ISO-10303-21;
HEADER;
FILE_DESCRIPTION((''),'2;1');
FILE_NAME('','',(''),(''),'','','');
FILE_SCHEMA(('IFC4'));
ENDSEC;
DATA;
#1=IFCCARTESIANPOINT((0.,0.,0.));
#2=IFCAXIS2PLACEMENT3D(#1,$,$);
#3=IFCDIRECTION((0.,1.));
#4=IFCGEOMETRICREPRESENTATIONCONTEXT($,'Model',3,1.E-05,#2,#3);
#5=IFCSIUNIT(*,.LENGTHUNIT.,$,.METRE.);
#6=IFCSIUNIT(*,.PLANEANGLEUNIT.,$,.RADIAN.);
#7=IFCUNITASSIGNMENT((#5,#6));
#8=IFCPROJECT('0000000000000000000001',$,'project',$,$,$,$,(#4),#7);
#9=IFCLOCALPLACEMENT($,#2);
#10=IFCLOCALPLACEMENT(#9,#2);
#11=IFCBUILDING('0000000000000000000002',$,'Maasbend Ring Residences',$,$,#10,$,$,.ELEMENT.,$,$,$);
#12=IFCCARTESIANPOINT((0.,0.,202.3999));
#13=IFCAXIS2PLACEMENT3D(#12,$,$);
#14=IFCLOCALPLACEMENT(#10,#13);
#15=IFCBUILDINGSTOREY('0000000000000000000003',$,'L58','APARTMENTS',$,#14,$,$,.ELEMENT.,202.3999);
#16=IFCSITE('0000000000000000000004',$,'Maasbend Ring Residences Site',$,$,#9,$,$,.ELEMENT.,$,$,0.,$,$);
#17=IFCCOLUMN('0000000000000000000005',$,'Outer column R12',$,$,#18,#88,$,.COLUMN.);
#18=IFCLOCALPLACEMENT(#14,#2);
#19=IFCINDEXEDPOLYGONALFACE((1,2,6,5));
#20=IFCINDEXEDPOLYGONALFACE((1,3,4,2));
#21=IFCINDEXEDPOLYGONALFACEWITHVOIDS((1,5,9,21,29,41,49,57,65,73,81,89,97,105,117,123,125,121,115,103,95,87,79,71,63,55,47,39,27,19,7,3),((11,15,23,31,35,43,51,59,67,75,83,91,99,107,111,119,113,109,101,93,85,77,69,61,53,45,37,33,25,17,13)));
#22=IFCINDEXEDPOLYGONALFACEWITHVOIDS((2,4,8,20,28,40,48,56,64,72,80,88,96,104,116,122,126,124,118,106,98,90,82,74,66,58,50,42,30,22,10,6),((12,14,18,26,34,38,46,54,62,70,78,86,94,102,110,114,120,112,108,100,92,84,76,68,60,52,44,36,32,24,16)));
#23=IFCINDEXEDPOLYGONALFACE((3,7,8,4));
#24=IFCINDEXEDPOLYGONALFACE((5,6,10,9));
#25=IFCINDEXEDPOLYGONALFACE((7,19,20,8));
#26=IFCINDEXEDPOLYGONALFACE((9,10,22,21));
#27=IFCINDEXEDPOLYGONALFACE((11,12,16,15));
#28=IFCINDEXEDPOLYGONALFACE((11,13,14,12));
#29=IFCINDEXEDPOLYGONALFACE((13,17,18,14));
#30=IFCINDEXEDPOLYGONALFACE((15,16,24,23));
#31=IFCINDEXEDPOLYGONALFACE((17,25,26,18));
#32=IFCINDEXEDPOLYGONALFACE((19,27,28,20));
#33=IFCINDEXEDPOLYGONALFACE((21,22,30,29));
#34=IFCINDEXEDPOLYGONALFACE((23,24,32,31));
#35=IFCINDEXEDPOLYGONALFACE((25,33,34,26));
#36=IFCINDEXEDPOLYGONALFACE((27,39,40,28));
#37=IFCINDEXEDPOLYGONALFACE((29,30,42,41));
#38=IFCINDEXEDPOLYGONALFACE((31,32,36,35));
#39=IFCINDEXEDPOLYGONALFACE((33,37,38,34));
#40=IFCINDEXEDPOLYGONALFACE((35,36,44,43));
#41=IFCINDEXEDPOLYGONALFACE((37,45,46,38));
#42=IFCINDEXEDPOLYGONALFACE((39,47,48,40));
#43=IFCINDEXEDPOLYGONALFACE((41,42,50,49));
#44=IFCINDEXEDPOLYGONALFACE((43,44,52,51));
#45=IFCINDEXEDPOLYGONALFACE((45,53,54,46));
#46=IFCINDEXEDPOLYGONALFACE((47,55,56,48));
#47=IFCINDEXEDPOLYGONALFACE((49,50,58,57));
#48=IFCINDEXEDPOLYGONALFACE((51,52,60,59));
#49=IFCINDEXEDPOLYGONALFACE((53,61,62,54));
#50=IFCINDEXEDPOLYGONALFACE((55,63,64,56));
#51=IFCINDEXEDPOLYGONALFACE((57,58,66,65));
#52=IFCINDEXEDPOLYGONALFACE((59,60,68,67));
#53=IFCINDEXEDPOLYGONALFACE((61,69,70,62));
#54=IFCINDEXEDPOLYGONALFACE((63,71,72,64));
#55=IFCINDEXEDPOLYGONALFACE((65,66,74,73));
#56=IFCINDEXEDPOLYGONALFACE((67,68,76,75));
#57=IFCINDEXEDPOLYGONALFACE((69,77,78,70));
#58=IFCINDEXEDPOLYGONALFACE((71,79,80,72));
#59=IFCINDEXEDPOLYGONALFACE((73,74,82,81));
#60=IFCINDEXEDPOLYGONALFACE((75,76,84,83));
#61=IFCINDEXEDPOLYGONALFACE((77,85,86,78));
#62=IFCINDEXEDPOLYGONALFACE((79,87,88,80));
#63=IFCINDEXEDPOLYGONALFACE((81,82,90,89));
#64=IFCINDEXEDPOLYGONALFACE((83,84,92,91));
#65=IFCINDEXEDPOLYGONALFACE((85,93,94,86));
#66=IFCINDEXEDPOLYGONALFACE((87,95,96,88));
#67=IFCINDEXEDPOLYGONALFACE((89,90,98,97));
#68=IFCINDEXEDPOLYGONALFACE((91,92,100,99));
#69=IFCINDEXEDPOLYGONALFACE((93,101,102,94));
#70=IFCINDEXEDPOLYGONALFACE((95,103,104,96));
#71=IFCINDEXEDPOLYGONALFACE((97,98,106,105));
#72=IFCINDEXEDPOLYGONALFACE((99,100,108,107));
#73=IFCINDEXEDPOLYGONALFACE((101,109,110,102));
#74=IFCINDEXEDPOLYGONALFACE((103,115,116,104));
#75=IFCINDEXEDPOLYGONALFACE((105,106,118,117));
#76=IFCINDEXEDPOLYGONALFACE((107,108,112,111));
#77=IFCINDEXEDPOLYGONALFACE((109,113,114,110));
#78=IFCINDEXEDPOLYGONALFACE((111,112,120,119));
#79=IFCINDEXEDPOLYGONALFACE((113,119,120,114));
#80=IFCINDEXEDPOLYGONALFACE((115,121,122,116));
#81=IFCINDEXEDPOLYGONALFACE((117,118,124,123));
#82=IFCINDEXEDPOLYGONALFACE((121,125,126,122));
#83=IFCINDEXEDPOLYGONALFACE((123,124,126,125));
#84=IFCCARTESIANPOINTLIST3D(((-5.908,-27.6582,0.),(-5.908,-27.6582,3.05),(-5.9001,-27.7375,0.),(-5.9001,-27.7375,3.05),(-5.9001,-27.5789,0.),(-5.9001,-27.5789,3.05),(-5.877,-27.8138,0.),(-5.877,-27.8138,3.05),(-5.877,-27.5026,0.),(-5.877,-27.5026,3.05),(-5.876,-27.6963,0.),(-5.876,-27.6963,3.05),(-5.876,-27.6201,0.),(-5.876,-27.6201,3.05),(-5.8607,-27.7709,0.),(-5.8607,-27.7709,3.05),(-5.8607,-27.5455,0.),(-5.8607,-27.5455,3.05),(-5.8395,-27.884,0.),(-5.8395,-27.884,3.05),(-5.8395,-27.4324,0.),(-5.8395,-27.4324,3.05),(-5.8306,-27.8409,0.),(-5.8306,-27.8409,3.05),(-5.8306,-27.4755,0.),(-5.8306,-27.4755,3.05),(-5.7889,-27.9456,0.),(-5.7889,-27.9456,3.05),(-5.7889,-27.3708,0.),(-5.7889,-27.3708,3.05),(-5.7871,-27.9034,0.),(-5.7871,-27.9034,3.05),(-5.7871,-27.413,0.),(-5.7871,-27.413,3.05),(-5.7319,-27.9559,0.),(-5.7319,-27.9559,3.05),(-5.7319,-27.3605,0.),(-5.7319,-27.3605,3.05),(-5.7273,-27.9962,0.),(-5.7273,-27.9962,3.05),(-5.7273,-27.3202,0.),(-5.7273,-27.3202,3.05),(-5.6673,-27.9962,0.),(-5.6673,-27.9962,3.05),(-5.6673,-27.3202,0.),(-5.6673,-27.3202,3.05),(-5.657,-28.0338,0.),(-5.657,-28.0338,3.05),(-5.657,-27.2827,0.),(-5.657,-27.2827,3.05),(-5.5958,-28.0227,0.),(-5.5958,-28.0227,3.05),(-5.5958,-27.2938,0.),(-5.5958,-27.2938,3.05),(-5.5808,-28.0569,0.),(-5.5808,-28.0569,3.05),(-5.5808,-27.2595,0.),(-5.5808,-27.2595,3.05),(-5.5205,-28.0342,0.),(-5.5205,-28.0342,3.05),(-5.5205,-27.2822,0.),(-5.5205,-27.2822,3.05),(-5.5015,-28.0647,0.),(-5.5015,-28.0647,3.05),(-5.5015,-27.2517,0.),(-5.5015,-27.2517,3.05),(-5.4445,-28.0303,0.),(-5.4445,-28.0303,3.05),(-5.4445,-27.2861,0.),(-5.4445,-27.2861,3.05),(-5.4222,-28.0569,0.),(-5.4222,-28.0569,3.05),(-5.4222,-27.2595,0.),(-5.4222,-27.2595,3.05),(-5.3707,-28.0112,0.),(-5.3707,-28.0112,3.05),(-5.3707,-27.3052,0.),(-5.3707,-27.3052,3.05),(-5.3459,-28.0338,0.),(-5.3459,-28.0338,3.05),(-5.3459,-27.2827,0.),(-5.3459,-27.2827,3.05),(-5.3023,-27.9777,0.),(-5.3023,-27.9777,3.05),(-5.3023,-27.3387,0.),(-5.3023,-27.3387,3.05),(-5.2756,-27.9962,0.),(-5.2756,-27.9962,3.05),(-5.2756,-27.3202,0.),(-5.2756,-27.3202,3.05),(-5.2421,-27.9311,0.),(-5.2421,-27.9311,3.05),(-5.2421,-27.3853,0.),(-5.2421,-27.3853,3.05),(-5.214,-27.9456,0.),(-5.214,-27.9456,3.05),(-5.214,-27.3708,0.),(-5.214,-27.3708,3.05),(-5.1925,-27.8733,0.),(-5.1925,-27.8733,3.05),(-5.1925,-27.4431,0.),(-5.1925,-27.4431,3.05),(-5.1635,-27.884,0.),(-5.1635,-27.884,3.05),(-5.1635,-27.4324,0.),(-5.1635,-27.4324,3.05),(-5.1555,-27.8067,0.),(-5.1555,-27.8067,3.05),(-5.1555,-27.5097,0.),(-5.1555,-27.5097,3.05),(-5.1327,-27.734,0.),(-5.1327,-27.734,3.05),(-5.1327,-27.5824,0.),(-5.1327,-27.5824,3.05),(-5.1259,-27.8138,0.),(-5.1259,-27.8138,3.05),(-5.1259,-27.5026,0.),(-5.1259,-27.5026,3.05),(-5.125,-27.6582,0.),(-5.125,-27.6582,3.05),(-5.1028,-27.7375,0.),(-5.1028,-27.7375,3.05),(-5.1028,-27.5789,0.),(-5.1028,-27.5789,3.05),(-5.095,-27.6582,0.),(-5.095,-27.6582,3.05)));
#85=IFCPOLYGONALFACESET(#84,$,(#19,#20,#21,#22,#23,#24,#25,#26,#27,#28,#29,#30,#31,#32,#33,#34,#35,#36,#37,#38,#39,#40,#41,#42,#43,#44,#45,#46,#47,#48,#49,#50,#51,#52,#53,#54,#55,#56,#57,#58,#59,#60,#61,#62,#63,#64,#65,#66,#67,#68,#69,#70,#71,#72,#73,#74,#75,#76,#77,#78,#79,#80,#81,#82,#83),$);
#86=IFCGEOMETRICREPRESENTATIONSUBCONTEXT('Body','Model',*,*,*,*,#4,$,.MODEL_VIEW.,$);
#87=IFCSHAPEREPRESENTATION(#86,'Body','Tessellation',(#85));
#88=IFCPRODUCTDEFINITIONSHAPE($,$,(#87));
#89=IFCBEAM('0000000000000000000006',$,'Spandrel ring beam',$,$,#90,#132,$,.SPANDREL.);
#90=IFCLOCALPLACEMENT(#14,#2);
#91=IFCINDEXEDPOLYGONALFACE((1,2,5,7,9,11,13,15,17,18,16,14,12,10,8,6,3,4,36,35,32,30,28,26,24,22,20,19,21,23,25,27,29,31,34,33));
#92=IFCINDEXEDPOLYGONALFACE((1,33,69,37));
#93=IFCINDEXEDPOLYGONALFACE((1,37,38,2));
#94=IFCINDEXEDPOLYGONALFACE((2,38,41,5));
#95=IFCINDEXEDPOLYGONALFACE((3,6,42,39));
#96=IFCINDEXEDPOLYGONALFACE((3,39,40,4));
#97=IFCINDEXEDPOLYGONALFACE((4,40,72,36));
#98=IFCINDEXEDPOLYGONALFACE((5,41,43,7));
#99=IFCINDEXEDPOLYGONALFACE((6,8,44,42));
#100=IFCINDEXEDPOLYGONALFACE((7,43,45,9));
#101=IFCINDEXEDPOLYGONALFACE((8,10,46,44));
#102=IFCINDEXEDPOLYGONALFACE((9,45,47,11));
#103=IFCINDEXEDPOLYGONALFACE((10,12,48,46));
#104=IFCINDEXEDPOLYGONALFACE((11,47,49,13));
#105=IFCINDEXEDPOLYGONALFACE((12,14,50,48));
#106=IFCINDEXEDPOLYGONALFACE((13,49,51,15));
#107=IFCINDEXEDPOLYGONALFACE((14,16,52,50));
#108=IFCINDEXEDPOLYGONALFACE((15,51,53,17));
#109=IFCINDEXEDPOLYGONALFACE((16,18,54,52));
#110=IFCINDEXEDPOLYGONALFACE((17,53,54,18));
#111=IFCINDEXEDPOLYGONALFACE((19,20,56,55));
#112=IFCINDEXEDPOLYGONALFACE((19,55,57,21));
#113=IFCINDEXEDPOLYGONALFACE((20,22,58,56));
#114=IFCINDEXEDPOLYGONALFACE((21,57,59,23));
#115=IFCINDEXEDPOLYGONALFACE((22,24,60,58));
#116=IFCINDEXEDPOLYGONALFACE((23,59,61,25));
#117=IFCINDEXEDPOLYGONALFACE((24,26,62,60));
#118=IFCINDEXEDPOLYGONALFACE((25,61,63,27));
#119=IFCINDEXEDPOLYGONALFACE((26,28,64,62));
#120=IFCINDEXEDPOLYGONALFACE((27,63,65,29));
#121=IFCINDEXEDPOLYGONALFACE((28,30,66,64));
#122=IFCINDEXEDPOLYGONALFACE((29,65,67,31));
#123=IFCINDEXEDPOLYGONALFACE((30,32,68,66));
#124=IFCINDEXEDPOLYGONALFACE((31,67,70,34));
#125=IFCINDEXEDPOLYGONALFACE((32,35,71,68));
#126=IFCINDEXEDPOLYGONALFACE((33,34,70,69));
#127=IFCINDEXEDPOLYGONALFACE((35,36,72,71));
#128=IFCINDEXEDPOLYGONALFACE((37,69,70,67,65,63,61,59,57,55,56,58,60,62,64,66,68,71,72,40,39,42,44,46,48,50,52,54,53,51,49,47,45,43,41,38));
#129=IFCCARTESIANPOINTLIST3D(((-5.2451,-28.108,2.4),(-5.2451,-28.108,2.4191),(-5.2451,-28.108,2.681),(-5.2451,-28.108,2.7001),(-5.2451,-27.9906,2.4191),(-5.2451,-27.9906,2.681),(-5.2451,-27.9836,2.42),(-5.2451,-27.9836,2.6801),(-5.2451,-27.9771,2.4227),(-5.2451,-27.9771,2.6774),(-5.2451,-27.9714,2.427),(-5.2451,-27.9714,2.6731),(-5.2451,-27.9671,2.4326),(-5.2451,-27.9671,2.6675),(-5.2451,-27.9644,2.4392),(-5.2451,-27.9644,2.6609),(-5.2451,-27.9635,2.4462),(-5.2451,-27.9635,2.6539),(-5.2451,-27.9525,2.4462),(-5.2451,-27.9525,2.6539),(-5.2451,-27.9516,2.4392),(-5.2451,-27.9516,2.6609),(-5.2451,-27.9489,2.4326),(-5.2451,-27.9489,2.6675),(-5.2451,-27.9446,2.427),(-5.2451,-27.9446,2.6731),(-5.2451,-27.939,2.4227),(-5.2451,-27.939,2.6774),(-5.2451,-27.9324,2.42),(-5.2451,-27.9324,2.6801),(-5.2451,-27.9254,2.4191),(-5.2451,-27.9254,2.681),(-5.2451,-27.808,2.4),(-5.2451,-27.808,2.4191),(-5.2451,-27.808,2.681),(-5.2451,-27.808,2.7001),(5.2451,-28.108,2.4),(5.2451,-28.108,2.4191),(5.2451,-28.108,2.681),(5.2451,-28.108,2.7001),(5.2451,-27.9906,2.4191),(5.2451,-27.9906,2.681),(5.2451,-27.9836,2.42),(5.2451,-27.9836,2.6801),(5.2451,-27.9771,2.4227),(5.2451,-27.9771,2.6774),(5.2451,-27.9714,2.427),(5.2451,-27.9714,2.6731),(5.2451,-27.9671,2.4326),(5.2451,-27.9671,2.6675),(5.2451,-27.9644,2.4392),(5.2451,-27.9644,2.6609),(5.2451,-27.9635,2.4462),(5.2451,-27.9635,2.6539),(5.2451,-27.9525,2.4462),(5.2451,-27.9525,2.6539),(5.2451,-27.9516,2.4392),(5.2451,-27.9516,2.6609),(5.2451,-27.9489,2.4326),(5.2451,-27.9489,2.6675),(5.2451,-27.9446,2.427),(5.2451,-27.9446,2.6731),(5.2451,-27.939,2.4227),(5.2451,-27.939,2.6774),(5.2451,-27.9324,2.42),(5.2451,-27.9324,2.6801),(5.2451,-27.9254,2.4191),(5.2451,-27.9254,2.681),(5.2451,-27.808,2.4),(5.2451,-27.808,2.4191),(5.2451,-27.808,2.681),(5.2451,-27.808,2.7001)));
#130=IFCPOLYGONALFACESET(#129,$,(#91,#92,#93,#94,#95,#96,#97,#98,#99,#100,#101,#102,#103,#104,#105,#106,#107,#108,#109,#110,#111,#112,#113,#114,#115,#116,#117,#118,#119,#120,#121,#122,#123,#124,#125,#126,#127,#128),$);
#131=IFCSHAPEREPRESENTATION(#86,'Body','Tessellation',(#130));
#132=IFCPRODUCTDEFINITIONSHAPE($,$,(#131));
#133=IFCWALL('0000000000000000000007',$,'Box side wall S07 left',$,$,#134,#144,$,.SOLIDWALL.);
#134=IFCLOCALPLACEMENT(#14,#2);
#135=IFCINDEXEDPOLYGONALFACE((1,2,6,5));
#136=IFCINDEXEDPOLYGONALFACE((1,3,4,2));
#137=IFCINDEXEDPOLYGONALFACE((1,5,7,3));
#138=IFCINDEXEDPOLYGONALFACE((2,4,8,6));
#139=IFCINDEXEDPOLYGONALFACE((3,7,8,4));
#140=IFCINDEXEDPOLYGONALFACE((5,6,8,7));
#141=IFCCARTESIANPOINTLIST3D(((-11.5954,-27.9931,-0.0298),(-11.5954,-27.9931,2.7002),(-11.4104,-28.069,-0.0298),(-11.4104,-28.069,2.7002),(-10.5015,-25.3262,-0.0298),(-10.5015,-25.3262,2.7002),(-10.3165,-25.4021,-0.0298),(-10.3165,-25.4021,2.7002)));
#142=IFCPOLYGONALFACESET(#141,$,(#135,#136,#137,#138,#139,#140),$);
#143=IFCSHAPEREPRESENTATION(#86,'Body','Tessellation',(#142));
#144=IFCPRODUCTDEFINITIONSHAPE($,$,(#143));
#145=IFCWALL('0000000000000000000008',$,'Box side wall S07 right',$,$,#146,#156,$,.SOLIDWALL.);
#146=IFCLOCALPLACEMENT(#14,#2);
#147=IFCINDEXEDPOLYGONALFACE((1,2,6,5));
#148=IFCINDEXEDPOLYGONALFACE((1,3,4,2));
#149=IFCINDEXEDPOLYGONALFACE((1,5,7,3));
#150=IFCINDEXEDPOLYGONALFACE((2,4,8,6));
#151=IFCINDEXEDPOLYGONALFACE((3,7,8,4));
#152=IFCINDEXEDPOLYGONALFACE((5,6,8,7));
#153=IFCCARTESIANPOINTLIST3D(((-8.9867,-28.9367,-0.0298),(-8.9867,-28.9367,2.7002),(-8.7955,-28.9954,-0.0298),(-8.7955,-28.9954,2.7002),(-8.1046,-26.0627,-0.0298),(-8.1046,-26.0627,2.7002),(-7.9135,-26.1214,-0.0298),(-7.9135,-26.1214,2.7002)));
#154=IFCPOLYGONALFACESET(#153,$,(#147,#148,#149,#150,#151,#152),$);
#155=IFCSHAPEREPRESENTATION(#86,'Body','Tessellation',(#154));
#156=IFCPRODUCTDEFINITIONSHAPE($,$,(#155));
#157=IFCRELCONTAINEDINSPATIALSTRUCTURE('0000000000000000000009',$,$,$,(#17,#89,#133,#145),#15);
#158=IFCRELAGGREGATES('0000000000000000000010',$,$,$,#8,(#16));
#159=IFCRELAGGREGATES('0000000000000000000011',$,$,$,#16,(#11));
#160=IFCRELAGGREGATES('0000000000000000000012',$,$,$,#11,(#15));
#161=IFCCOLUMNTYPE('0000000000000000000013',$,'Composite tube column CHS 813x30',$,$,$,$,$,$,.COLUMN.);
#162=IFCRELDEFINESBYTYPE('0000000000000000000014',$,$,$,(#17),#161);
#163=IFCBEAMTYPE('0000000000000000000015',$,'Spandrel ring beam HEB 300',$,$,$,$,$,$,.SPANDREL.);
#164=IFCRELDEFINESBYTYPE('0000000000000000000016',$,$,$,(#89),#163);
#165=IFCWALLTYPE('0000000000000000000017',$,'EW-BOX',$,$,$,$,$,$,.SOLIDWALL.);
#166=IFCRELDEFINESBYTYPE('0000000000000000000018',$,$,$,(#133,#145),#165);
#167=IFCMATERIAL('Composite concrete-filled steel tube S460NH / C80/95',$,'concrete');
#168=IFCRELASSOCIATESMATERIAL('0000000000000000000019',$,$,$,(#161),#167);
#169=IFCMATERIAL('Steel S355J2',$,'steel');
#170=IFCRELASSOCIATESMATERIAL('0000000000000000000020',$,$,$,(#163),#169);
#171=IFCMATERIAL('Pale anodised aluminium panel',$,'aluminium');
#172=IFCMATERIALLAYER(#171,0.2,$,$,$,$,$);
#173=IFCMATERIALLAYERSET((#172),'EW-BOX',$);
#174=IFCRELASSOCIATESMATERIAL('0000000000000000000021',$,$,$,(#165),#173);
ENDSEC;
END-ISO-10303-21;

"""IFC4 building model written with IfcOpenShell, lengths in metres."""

from ifc_helpers import new_model, si_unit, direction, frame, frame_2d, origin, origin_2d, place, context, subcontext, project, spatial, rectangle, hollow_circle, i_section, extrude, material, layer, layer_set, material_profile, profile_set, type_object, element, save


model = new_model("IFC4")

# Units and contexts
model_context = context("Model", 3, precision=1e-05, world=origin(), true_north=direction((0.0, 1.0)))
body_context = subcontext(model_context, "Body", "Model", "MODEL_VIEW")
ifc_project = project(units=[si_unit("LENGTHUNIT", "METRE"), si_unit("PLANEANGLEUNIT", "RADIAN")], contexts=[model_context])

# Site, building, storey
site_placement = place(None, origin())
site = spatial("IfcSite", under=ifc_project, at=site_placement, Name="Maasbend Ring Residences Site", CompositionType="ELEMENT", RefElevation=0.0)
building_placement = place(site_placement, origin())
building = spatial("IfcBuilding", under=site, at=building_placement, Name="Maasbend Ring Residences", CompositionType="ELEMENT")
storey_placement = place(building_placement, frame((0.0, 0.0, 202.3999)))
storey = spatial("IfcBuildingStorey", under=building, at=storey_placement, Name="L58", Description="APARTMENTS", CompositionType="ELEMENT", Elevation=202.3999)

# Column
ifc_material_1 = material(Name="Composite concrete-filled steel tube S460NH / C80/95", Category="concrete")
ifc_material_profile_1 = material_profile(ifc_material_1, hollow_circle(Radius=0.4065, WallThickness=0.03, at=origin_2d()), Name="Composite tube column CHS 813x30")
ifc_profile_set_1 = profile_set([ifc_material_profile_1], Name="Composite concrete-filled steel tube S460NH / C80/95")
column_type = type_object("IfcColumnType", Name="Composite tube column CHS 813x30", PredefinedType="COLUMN", material=ifc_profile_set_1)
column_placement = place(storey_placement, frame((-5.5015, -27.6582, 0.0), z_axis=(0.0, 0.0, 1.0), x_axis=(1.0, 0.0, 0.0)))
element("IfcColumn", 1, at=column_placement, inside=storey, type_object=column_type, Name="Outer column R12", PredefinedType="COLUMN", context=body_context, shape_type="SweptSolid", body=[
    extrude(hollow_circle(Radius=0.4065, WallThickness=0.03, at=origin_2d()), origin(), (0.0, 0.0, 1.0), 3.05),
])

# Beam
ifc_material_2 = material(Name="Steel S355J2", Category="steel")
ifc_material_profile_2 = material_profile(ifc_material_2, i_section(OverallWidth=0.3, OverallDepth=0.3, WebThickness=0.011, FlangeThickness=0.019, FilletRadius=0.0271, at=origin_2d()), Name="HEB 300")
ifc_profile_set_2 = profile_set([ifc_material_profile_2], Name="Steel S355J2")
beam_type = type_object("IfcBeamType", Name="Spandrel ring beam HEB 300", PredefinedType="SPANDREL", material=ifc_profile_set_2)
beam_placement = place(storey_placement, frame((-5.2451, -27.958, 2.55), z_axis=(1.0, 0.0, 0.0), x_axis=(0.0, 1.0, 0.0)))
element("IfcBeam", 2, at=beam_placement, inside=storey, type_object=beam_type, Name="Spandrel ring beam", PredefinedType="SPANDREL", context=body_context, shape_type="SweptSolid", body=[
    extrude(i_section(OverallWidth=0.3, OverallDepth=0.3, WebThickness=0.011, FlangeThickness=0.019, FilletRadius=0.0271, at=origin_2d()), origin(), (0.0, 0.0, 1.0), 10.4902),
])

# Walls
ifc_material_3 = material(Name="Pale anodised aluminium panel", Category="aluminium")
ifc_layer_1 = layer(ifc_material_3, 0.2)
ifc_layer_set_1 = layer_set([ifc_layer_1], Name="EW-BOX")
wall_type_1 = type_object("IfcWallType", Name="EW-BOX", PredefinedType="SOLIDWALL", material=ifc_layer_set_1)
wall_1_placement = place(storey_placement, frame((-10.4089, -25.364, -0.0298), z_axis=(0.0, 0.0, 1.0), x_axis=(-0.37951, -0.925188, 0.0)))
element("IfcWall", 3, at=wall_1_placement, inside=storey, type_object=wall_type_1, Name="Box side wall S07 left", PredefinedType="SOLIDWALL", context=body_context, shape_type="SweptSolid", body=[
    extrude(rectangle(XDim=2.8826, YDim=0.2, at=frame_2d((1.4414, 0.0))), origin(), (0.0, 0.0, 1.0), 2.73),
])
wall_2_placement = place(storey_placement, frame((-8.009, -26.092, -0.0298), z_axis=(0.0, 0.0, 1.0), x_axis=(-0.293407, -0.955988, 0.0)))
element("IfcWall", 4, at=wall_2_placement, inside=storey, type_object=wall_type_1, Name="Box side wall S07 right", PredefinedType="SOLIDWALL", context=body_context, shape_type="SweptSolid", body=[
    extrude(rectangle(XDim=3.0063, YDim=0.2, at=frame_2d((1.5032, 0.0))), origin(), (0.0, 0.0, 1.0), 2.73),
])

save(model, "model.ifc")
